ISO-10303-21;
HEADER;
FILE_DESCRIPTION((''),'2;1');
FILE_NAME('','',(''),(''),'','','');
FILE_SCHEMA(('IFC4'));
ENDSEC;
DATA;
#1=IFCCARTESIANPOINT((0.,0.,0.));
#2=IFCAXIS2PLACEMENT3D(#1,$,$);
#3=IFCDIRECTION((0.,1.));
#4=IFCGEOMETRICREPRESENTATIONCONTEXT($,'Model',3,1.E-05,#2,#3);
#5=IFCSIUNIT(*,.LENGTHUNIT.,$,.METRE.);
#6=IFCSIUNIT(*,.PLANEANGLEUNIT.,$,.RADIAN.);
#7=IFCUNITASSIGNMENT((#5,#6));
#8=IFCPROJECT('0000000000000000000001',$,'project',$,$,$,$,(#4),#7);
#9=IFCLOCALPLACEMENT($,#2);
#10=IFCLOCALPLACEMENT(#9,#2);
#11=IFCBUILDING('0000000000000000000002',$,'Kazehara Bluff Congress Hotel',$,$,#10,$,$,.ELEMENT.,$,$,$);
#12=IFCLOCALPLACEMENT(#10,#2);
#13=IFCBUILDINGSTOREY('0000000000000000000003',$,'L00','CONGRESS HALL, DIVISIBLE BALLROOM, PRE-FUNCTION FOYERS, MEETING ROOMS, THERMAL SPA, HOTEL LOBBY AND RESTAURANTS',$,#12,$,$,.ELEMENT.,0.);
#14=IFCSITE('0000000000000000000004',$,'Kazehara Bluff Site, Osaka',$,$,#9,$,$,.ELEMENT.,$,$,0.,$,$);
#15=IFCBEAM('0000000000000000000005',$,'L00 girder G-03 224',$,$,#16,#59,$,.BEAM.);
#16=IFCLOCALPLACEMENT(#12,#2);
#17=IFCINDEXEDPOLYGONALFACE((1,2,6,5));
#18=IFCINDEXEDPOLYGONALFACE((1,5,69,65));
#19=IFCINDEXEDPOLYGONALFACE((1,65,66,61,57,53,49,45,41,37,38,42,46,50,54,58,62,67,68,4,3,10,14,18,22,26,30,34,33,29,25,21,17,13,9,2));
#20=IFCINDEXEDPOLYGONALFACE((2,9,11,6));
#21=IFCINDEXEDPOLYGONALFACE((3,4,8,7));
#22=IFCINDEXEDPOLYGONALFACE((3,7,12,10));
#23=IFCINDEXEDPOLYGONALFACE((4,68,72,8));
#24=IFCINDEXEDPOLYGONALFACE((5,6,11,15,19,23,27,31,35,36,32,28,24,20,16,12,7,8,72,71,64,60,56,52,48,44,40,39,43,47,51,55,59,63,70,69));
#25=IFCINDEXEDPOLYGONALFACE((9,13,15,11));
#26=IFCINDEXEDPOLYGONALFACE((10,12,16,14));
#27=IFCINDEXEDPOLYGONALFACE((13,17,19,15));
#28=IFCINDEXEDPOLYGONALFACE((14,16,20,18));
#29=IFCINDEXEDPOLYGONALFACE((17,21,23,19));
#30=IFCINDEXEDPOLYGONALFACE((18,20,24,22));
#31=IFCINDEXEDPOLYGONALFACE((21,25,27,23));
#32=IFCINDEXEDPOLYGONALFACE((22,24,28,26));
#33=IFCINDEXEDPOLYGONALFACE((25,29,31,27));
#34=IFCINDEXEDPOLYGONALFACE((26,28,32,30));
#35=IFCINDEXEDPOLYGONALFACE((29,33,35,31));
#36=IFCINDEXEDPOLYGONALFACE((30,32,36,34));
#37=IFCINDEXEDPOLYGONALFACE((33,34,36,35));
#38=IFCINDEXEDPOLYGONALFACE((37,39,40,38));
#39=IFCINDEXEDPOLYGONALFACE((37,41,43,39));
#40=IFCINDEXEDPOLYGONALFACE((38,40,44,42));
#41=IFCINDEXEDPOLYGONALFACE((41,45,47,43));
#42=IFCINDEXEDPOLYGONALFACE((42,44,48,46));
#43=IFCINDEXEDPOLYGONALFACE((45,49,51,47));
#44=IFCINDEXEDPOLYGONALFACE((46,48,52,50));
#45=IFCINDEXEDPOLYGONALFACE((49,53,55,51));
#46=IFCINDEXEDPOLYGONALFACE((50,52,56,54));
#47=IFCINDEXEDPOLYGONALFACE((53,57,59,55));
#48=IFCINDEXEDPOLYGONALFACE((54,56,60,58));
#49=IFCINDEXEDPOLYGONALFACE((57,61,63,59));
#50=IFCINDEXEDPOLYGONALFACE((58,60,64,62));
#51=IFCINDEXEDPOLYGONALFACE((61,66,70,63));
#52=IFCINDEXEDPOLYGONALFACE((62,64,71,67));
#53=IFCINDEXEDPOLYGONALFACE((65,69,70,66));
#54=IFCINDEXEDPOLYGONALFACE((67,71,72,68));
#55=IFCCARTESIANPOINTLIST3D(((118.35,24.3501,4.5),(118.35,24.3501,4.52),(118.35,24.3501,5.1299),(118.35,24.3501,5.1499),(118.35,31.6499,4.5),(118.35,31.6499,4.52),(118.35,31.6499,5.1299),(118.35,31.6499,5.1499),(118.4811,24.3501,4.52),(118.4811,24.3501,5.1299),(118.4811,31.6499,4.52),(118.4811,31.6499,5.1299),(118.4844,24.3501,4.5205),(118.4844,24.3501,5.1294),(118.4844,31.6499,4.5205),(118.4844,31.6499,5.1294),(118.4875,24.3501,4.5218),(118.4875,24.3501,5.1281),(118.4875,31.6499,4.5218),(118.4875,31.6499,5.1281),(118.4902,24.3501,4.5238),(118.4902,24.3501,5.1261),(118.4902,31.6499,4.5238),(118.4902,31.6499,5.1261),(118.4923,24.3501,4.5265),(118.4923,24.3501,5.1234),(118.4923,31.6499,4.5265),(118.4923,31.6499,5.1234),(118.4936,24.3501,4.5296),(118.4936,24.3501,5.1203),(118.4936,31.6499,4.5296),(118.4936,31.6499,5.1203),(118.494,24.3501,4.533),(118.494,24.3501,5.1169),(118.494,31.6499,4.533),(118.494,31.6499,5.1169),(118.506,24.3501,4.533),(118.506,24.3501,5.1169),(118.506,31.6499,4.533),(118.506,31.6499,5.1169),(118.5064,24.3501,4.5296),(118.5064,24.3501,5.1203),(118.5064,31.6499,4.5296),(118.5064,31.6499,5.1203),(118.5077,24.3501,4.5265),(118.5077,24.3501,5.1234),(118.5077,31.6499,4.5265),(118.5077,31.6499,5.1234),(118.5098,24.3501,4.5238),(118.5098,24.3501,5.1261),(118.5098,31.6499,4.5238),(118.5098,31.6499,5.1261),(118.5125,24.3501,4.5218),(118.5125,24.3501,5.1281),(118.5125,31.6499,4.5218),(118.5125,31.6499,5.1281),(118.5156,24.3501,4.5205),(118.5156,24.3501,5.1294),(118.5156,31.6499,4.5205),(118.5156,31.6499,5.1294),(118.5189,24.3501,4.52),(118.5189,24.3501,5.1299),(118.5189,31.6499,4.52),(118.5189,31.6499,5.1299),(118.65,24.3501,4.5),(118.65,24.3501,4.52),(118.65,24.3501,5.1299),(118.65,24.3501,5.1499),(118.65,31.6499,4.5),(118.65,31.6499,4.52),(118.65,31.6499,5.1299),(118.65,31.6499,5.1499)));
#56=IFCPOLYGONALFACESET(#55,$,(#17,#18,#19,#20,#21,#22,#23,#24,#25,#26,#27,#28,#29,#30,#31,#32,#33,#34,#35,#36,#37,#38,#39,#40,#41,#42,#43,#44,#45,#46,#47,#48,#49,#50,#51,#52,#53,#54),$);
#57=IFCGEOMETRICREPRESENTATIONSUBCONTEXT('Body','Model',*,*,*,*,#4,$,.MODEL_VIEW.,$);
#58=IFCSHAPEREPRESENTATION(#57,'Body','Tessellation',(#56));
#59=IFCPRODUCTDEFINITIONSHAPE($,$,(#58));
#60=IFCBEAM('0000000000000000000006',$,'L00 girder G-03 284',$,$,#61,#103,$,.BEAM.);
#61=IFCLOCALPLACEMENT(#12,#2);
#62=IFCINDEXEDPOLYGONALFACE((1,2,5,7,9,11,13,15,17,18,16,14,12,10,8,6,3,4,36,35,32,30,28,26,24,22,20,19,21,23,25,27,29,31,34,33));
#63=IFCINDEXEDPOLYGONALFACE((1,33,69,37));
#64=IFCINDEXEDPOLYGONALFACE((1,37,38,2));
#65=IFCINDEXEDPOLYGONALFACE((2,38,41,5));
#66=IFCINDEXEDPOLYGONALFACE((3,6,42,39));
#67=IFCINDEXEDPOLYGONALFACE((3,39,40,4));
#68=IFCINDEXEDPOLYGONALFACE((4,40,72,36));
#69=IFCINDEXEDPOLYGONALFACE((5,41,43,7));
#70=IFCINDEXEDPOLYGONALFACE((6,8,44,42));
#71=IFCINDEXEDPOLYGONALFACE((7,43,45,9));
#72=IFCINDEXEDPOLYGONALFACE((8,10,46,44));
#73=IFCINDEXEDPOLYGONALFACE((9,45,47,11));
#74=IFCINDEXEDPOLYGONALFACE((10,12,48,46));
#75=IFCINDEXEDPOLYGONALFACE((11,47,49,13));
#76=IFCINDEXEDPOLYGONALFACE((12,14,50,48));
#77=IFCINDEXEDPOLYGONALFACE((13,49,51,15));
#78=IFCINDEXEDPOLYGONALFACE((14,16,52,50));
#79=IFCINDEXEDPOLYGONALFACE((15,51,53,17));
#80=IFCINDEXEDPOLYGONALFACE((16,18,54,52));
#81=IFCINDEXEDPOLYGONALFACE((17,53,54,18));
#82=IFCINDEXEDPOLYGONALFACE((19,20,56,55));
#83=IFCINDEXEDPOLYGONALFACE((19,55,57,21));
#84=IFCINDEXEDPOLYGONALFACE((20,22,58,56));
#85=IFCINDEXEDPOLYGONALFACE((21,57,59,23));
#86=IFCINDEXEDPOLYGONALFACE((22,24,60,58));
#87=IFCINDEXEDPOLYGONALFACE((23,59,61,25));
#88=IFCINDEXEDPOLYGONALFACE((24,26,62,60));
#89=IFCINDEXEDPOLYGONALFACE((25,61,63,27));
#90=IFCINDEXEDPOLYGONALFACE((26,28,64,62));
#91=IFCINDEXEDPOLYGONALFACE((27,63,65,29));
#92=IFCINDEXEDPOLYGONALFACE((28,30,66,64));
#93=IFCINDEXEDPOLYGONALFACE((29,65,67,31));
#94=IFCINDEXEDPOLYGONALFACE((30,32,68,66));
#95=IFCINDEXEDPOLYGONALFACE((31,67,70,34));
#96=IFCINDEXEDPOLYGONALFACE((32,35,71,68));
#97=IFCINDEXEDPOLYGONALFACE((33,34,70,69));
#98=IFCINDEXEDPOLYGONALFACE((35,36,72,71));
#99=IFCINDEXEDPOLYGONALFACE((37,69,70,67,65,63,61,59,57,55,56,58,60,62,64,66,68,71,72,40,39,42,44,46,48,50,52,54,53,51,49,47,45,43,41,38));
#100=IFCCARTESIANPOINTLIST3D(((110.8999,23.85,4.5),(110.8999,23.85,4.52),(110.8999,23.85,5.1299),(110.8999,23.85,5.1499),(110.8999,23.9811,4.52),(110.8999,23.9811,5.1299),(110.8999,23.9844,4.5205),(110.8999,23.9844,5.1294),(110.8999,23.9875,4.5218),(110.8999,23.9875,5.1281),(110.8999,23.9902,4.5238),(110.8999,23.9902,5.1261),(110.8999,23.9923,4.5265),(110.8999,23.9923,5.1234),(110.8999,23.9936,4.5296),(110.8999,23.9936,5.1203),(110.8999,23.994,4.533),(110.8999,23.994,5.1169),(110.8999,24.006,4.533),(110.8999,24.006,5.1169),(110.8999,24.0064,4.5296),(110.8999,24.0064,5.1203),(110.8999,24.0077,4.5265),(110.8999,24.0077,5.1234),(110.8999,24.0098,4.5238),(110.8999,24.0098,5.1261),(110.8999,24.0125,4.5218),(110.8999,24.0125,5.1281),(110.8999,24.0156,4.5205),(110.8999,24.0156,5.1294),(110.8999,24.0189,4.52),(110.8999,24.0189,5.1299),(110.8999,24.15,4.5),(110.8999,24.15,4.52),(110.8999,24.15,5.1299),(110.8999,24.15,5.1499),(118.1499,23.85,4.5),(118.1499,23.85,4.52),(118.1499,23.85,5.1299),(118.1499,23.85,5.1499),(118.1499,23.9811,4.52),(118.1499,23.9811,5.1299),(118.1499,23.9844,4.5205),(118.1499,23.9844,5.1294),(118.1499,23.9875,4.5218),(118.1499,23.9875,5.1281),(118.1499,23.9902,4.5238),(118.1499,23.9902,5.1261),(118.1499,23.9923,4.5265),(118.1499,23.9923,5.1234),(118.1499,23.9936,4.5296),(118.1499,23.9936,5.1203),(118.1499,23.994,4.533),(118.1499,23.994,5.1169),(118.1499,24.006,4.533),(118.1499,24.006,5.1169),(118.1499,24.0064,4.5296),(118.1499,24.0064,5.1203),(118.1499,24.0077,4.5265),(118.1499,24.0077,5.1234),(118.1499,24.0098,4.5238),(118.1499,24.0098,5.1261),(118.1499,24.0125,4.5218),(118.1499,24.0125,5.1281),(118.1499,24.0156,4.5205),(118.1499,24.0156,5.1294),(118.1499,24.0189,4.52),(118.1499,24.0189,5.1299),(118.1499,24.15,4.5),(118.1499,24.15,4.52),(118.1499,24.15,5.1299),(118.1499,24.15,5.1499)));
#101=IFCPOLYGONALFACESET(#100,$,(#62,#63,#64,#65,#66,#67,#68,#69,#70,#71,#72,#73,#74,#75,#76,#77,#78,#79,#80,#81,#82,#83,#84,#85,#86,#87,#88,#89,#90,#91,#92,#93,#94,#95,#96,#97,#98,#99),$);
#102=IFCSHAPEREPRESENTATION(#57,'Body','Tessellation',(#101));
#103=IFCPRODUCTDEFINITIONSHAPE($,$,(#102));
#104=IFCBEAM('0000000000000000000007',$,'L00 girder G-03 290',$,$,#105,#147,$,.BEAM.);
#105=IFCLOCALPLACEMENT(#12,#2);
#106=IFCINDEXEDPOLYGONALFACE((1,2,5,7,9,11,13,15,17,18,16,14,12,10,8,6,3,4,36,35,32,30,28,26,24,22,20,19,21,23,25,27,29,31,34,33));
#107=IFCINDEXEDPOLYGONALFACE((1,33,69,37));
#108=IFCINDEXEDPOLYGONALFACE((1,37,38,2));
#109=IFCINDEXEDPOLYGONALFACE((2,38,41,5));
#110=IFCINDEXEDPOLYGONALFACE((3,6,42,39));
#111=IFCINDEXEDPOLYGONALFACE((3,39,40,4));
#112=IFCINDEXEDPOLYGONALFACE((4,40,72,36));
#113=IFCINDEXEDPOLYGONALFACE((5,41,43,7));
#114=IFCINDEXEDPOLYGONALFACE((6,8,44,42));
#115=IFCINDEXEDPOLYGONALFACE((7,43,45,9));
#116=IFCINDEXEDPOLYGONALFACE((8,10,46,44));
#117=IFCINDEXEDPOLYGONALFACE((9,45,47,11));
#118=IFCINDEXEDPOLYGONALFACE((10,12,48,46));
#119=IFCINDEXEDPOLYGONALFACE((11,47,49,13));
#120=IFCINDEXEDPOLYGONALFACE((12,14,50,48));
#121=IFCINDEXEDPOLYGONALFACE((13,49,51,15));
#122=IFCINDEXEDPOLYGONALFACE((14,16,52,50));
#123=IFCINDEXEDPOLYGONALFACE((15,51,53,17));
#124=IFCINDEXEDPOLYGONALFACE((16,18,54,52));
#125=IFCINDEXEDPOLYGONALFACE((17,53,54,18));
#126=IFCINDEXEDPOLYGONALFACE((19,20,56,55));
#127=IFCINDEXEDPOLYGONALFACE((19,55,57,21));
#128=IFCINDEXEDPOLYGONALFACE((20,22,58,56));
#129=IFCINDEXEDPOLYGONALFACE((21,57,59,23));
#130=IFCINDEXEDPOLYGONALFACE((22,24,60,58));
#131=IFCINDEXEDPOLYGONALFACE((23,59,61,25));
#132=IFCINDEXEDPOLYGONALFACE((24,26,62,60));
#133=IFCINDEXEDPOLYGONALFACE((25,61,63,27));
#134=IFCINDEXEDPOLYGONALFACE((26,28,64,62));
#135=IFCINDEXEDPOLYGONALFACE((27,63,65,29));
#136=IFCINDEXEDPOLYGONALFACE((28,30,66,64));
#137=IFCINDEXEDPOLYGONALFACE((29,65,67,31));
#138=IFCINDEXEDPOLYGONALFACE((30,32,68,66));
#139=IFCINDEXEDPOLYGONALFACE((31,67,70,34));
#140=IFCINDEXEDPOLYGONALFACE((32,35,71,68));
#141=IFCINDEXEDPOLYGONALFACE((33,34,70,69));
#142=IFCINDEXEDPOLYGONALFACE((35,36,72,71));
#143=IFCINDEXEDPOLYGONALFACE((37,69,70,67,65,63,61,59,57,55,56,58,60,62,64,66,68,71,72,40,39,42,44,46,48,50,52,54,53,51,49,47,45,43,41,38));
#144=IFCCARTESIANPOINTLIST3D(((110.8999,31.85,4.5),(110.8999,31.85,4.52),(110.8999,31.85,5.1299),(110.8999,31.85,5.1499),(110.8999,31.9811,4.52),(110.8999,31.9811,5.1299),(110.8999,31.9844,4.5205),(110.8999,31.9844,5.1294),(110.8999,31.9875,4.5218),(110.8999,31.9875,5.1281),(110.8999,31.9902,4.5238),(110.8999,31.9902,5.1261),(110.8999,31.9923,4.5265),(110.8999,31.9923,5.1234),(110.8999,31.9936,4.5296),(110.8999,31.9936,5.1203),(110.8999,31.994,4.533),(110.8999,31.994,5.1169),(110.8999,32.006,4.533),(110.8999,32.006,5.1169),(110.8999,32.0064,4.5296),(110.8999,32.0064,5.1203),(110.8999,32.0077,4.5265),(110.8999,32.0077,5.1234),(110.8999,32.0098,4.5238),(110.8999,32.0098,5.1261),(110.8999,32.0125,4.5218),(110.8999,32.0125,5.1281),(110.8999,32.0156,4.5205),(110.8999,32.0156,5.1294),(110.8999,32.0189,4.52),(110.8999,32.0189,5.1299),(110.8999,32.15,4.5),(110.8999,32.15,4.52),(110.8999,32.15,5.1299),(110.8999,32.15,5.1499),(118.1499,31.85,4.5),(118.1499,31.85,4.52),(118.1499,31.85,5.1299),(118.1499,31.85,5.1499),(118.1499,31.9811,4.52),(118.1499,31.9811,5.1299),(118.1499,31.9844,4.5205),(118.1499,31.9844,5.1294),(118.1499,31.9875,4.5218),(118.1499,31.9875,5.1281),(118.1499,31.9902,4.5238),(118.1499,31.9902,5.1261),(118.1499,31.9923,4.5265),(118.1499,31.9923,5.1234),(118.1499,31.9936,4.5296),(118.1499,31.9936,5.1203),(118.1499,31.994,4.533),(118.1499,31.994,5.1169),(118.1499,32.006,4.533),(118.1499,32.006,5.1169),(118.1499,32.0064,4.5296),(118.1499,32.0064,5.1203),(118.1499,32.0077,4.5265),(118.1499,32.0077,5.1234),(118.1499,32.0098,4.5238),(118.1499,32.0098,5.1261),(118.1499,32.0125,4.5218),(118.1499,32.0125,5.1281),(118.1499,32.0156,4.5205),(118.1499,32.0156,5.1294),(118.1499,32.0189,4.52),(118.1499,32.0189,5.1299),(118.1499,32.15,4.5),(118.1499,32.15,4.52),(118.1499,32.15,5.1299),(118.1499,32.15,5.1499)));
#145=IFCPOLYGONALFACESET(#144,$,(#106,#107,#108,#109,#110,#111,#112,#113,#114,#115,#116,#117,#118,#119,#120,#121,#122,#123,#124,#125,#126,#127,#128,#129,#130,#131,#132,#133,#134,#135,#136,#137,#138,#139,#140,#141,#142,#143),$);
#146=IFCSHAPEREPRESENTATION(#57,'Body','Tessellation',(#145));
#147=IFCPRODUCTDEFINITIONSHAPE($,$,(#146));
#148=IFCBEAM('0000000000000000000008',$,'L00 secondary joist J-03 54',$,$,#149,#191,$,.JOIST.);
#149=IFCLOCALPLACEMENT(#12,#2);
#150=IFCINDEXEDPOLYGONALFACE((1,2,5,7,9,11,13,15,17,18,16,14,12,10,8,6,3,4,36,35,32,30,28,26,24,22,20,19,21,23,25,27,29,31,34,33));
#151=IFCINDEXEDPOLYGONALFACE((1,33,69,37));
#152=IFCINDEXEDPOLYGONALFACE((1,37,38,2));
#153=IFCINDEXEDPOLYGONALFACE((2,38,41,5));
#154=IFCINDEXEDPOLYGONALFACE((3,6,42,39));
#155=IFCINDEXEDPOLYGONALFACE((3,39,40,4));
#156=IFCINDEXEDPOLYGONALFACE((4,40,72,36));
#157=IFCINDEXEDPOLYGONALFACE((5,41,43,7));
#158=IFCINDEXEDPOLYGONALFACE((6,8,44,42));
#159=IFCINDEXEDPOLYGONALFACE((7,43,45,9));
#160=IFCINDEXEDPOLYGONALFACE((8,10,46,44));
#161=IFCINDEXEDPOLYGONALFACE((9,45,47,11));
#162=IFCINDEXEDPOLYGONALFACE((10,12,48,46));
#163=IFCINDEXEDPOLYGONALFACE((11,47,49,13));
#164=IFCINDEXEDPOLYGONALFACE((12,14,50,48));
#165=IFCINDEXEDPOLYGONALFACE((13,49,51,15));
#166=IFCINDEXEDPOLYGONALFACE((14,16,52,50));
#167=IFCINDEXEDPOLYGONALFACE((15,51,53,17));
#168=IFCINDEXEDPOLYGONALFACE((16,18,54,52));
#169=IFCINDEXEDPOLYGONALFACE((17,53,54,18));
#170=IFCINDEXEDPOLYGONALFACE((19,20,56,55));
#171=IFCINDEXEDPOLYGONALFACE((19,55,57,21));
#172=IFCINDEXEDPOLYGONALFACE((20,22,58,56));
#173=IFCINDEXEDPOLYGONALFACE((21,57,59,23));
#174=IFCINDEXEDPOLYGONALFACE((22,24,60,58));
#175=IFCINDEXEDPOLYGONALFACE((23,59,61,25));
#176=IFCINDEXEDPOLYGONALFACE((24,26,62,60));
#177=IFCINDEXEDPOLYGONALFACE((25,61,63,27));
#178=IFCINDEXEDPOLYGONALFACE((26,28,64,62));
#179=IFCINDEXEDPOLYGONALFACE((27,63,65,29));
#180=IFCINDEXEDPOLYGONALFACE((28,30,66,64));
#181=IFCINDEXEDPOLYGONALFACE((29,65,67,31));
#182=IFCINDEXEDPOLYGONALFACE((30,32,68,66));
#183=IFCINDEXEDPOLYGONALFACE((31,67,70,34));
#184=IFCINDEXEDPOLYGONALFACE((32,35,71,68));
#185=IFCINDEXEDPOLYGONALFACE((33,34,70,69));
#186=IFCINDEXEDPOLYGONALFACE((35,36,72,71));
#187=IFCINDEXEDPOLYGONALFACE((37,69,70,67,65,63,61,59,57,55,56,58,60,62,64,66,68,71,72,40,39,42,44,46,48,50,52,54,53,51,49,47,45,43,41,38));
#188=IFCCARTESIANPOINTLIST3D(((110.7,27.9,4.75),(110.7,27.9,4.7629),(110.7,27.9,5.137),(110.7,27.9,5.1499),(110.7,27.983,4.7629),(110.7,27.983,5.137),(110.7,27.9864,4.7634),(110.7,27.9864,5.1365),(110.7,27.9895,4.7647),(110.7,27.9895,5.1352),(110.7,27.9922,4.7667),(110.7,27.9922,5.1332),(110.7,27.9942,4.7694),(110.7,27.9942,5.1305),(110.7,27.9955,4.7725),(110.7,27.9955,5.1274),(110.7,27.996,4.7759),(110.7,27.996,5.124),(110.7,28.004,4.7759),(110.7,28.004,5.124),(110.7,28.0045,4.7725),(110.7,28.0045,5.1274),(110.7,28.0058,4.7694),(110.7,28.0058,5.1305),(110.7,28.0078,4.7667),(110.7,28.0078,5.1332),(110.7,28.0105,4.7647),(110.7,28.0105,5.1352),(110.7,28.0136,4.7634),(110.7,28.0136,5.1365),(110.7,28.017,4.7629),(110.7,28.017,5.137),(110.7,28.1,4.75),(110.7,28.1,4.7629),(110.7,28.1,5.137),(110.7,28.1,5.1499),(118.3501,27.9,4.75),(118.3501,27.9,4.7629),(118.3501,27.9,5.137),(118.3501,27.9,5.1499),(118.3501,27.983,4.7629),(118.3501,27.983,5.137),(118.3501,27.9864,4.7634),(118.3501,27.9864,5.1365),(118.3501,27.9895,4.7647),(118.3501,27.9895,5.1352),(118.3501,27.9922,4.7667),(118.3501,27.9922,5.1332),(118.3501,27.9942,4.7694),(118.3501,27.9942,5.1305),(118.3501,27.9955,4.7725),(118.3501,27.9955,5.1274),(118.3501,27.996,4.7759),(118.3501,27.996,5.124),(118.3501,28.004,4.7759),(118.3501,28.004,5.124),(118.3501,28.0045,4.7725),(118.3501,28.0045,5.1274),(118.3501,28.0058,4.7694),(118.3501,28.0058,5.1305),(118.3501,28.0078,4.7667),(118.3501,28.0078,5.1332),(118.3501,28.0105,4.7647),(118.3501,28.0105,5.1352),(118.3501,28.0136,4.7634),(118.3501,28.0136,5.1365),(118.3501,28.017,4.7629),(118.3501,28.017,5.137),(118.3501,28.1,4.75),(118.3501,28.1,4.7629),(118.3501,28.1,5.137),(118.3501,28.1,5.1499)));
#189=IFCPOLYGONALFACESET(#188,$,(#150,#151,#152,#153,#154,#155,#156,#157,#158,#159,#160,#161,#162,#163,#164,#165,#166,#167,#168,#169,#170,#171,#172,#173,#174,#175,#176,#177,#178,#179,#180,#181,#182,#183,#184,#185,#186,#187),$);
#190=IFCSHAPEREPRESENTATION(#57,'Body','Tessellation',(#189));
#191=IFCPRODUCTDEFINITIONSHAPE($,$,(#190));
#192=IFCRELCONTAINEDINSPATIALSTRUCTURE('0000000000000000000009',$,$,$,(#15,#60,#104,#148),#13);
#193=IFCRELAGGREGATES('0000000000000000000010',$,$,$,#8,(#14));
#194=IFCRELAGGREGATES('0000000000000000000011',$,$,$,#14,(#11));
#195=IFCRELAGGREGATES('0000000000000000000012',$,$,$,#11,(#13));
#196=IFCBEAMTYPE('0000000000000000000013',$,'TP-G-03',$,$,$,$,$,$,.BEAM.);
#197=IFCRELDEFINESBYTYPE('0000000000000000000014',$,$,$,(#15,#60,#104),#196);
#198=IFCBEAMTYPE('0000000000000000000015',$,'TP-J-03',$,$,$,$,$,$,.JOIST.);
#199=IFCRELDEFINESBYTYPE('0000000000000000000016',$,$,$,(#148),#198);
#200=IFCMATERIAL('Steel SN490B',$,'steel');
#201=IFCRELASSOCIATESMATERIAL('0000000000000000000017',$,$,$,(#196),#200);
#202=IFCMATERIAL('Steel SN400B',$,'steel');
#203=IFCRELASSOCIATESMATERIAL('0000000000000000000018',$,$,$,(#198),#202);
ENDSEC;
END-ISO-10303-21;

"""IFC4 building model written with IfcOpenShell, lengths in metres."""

from ifc_helpers import new_model, si_unit, direction, frame, origin, origin_2d, place, context, subcontext, project, spatial, i_section, extrude, material, material_profile, profile_set, type_object, element, save


model = new_model("IFC4")

# Units and contexts
model_context = context("Model", 3, precision=1e-05, world=origin(), true_north=direction((0.0, 1.0)))
body_context = subcontext(model_context, "Body", "Model", "MODEL_VIEW")
ifc_project = project(units=[si_unit("LENGTHUNIT", "METRE"), si_unit("PLANEANGLEUNIT", "RADIAN")], contexts=[model_context])

# Site, building, storey
site_placement = place(None, origin())
site = spatial("IfcSite", under=ifc_project, at=site_placement, Name="Kazehara Bluff Site, Osaka", CompositionType="ELEMENT", RefElevation=0.0)
building_placement = place(site_placement, origin())
building = spatial("IfcBuilding", under=site, at=building_placement, Name="Kazehara Bluff Congress Hotel", CompositionType="ELEMENT")
storey_placement = place(building_placement, origin())
storey = spatial("IfcBuildingStorey", under=building, at=storey_placement, Name="L00", Description="CONGRESS HALL, DIVISIBLE BALLROOM, PRE-FUNCTION FOYERS, MEETING ROOMS, THERMAL SPA, HOTEL LOBBY AND RESTAURANTS", CompositionType="ELEMENT", Elevation=0.0)

# Beams
ifc_material_1 = material(Name="Steel SN490B", Category="steel")
ifc_material_profile_1 = material_profile(ifc_material_1, i_section(OverallWidth=0.3, OverallDepth=0.6499, WebThickness=0.012, FlangeThickness=0.02, FilletRadius=0.0129, at=origin_2d()))
ifc_profile_set_1 = profile_set([ifc_material_profile_1], Name="Steel SN490B")
beam_type_1 = type_object("IfcBeamType", Name="TP-G-03", PredefinedType="BEAM", material=ifc_profile_set_1)
for number, where, z_axis, x_axis, name in (
    (1, (118.5, 24.3501, 4.825), (0.0, 1.0, 0.0), (-1.0, 0.0, 0.0), "L00 girder G-03 224"),
):
    element("IfcBeam", number, at=place(storey_placement, frame(where, z_axis=z_axis, x_axis=x_axis)), inside=storey, type_object=beam_type_1, Name=name, PredefinedType="BEAM", context=body_context, shape_type="SweptSolid", body=[
        extrude(i_section(OverallWidth=0.3, OverallDepth=0.6499, WebThickness=0.012, FlangeThickness=0.02, FilletRadius=0.0129, at=origin_2d()), origin(), (0.0, 0.0, 1.0), 7.2998),
    ])
for number, where, z_axis, x_axis, name in (
    (2, (110.8999, 24.0, 4.825), (1.0, 0.0, 0.0), (0.0, 1.0, 0.0), "L00 girder G-03 284"),
    (3, (110.8999, 32.0, 4.825), (1.0, 0.0, 0.0), (0.0, 1.0, 0.0), "L00 girder G-03 290"),
):
    element("IfcBeam", number, at=place(storey_placement, frame(where, z_axis=z_axis, x_axis=x_axis)), inside=storey, type_object=beam_type_1, Name=name, PredefinedType="BEAM", context=body_context, shape_type="SweptSolid", body=[
        extrude(i_section(OverallWidth=0.3, OverallDepth=0.6499, WebThickness=0.012, FlangeThickness=0.02, FilletRadius=0.0129, at=origin_2d()), origin(), (0.0, 0.0, 1.0), 7.25),
    ])
ifc_material_2 = material(Name="Steel SN400B", Category="steel")
ifc_material_profile_2 = material_profile(ifc_material_2, i_section(OverallWidth=0.2, OverallDepth=0.3999, WebThickness=0.0081, FlangeThickness=0.0129, FilletRadius=0.0129, at=origin_2d()))
ifc_profile_set_2 = profile_set([ifc_material_profile_2], Name="Steel SN400B")
beam_type_2 = type_object("IfcBeamType", Name="TP-J-03", PredefinedType="JOIST", material=ifc_profile_set_2)
beam_1_placement = place(storey_placement, frame((110.7, 28.0, 4.95), z_axis=(1.0, 0.0, 0.0), x_axis=(0.0, 1.0, 0.0)))
element("IfcBeam", 4, at=beam_1_placement, inside=storey, type_object=beam_type_2, Name="L00 secondary joist J-03 54", PredefinedType="JOIST", context=body_context, shape_type="SweptSolid", body=[
    extrude(i_section(OverallWidth=0.2, OverallDepth=0.3999, WebThickness=0.0081, FlangeThickness=0.0129, FilletRadius=0.0129, at=origin_2d()), origin(), (0.0, 0.0, 1.0), 7.6501),
])

save(model, "model.ifc")
